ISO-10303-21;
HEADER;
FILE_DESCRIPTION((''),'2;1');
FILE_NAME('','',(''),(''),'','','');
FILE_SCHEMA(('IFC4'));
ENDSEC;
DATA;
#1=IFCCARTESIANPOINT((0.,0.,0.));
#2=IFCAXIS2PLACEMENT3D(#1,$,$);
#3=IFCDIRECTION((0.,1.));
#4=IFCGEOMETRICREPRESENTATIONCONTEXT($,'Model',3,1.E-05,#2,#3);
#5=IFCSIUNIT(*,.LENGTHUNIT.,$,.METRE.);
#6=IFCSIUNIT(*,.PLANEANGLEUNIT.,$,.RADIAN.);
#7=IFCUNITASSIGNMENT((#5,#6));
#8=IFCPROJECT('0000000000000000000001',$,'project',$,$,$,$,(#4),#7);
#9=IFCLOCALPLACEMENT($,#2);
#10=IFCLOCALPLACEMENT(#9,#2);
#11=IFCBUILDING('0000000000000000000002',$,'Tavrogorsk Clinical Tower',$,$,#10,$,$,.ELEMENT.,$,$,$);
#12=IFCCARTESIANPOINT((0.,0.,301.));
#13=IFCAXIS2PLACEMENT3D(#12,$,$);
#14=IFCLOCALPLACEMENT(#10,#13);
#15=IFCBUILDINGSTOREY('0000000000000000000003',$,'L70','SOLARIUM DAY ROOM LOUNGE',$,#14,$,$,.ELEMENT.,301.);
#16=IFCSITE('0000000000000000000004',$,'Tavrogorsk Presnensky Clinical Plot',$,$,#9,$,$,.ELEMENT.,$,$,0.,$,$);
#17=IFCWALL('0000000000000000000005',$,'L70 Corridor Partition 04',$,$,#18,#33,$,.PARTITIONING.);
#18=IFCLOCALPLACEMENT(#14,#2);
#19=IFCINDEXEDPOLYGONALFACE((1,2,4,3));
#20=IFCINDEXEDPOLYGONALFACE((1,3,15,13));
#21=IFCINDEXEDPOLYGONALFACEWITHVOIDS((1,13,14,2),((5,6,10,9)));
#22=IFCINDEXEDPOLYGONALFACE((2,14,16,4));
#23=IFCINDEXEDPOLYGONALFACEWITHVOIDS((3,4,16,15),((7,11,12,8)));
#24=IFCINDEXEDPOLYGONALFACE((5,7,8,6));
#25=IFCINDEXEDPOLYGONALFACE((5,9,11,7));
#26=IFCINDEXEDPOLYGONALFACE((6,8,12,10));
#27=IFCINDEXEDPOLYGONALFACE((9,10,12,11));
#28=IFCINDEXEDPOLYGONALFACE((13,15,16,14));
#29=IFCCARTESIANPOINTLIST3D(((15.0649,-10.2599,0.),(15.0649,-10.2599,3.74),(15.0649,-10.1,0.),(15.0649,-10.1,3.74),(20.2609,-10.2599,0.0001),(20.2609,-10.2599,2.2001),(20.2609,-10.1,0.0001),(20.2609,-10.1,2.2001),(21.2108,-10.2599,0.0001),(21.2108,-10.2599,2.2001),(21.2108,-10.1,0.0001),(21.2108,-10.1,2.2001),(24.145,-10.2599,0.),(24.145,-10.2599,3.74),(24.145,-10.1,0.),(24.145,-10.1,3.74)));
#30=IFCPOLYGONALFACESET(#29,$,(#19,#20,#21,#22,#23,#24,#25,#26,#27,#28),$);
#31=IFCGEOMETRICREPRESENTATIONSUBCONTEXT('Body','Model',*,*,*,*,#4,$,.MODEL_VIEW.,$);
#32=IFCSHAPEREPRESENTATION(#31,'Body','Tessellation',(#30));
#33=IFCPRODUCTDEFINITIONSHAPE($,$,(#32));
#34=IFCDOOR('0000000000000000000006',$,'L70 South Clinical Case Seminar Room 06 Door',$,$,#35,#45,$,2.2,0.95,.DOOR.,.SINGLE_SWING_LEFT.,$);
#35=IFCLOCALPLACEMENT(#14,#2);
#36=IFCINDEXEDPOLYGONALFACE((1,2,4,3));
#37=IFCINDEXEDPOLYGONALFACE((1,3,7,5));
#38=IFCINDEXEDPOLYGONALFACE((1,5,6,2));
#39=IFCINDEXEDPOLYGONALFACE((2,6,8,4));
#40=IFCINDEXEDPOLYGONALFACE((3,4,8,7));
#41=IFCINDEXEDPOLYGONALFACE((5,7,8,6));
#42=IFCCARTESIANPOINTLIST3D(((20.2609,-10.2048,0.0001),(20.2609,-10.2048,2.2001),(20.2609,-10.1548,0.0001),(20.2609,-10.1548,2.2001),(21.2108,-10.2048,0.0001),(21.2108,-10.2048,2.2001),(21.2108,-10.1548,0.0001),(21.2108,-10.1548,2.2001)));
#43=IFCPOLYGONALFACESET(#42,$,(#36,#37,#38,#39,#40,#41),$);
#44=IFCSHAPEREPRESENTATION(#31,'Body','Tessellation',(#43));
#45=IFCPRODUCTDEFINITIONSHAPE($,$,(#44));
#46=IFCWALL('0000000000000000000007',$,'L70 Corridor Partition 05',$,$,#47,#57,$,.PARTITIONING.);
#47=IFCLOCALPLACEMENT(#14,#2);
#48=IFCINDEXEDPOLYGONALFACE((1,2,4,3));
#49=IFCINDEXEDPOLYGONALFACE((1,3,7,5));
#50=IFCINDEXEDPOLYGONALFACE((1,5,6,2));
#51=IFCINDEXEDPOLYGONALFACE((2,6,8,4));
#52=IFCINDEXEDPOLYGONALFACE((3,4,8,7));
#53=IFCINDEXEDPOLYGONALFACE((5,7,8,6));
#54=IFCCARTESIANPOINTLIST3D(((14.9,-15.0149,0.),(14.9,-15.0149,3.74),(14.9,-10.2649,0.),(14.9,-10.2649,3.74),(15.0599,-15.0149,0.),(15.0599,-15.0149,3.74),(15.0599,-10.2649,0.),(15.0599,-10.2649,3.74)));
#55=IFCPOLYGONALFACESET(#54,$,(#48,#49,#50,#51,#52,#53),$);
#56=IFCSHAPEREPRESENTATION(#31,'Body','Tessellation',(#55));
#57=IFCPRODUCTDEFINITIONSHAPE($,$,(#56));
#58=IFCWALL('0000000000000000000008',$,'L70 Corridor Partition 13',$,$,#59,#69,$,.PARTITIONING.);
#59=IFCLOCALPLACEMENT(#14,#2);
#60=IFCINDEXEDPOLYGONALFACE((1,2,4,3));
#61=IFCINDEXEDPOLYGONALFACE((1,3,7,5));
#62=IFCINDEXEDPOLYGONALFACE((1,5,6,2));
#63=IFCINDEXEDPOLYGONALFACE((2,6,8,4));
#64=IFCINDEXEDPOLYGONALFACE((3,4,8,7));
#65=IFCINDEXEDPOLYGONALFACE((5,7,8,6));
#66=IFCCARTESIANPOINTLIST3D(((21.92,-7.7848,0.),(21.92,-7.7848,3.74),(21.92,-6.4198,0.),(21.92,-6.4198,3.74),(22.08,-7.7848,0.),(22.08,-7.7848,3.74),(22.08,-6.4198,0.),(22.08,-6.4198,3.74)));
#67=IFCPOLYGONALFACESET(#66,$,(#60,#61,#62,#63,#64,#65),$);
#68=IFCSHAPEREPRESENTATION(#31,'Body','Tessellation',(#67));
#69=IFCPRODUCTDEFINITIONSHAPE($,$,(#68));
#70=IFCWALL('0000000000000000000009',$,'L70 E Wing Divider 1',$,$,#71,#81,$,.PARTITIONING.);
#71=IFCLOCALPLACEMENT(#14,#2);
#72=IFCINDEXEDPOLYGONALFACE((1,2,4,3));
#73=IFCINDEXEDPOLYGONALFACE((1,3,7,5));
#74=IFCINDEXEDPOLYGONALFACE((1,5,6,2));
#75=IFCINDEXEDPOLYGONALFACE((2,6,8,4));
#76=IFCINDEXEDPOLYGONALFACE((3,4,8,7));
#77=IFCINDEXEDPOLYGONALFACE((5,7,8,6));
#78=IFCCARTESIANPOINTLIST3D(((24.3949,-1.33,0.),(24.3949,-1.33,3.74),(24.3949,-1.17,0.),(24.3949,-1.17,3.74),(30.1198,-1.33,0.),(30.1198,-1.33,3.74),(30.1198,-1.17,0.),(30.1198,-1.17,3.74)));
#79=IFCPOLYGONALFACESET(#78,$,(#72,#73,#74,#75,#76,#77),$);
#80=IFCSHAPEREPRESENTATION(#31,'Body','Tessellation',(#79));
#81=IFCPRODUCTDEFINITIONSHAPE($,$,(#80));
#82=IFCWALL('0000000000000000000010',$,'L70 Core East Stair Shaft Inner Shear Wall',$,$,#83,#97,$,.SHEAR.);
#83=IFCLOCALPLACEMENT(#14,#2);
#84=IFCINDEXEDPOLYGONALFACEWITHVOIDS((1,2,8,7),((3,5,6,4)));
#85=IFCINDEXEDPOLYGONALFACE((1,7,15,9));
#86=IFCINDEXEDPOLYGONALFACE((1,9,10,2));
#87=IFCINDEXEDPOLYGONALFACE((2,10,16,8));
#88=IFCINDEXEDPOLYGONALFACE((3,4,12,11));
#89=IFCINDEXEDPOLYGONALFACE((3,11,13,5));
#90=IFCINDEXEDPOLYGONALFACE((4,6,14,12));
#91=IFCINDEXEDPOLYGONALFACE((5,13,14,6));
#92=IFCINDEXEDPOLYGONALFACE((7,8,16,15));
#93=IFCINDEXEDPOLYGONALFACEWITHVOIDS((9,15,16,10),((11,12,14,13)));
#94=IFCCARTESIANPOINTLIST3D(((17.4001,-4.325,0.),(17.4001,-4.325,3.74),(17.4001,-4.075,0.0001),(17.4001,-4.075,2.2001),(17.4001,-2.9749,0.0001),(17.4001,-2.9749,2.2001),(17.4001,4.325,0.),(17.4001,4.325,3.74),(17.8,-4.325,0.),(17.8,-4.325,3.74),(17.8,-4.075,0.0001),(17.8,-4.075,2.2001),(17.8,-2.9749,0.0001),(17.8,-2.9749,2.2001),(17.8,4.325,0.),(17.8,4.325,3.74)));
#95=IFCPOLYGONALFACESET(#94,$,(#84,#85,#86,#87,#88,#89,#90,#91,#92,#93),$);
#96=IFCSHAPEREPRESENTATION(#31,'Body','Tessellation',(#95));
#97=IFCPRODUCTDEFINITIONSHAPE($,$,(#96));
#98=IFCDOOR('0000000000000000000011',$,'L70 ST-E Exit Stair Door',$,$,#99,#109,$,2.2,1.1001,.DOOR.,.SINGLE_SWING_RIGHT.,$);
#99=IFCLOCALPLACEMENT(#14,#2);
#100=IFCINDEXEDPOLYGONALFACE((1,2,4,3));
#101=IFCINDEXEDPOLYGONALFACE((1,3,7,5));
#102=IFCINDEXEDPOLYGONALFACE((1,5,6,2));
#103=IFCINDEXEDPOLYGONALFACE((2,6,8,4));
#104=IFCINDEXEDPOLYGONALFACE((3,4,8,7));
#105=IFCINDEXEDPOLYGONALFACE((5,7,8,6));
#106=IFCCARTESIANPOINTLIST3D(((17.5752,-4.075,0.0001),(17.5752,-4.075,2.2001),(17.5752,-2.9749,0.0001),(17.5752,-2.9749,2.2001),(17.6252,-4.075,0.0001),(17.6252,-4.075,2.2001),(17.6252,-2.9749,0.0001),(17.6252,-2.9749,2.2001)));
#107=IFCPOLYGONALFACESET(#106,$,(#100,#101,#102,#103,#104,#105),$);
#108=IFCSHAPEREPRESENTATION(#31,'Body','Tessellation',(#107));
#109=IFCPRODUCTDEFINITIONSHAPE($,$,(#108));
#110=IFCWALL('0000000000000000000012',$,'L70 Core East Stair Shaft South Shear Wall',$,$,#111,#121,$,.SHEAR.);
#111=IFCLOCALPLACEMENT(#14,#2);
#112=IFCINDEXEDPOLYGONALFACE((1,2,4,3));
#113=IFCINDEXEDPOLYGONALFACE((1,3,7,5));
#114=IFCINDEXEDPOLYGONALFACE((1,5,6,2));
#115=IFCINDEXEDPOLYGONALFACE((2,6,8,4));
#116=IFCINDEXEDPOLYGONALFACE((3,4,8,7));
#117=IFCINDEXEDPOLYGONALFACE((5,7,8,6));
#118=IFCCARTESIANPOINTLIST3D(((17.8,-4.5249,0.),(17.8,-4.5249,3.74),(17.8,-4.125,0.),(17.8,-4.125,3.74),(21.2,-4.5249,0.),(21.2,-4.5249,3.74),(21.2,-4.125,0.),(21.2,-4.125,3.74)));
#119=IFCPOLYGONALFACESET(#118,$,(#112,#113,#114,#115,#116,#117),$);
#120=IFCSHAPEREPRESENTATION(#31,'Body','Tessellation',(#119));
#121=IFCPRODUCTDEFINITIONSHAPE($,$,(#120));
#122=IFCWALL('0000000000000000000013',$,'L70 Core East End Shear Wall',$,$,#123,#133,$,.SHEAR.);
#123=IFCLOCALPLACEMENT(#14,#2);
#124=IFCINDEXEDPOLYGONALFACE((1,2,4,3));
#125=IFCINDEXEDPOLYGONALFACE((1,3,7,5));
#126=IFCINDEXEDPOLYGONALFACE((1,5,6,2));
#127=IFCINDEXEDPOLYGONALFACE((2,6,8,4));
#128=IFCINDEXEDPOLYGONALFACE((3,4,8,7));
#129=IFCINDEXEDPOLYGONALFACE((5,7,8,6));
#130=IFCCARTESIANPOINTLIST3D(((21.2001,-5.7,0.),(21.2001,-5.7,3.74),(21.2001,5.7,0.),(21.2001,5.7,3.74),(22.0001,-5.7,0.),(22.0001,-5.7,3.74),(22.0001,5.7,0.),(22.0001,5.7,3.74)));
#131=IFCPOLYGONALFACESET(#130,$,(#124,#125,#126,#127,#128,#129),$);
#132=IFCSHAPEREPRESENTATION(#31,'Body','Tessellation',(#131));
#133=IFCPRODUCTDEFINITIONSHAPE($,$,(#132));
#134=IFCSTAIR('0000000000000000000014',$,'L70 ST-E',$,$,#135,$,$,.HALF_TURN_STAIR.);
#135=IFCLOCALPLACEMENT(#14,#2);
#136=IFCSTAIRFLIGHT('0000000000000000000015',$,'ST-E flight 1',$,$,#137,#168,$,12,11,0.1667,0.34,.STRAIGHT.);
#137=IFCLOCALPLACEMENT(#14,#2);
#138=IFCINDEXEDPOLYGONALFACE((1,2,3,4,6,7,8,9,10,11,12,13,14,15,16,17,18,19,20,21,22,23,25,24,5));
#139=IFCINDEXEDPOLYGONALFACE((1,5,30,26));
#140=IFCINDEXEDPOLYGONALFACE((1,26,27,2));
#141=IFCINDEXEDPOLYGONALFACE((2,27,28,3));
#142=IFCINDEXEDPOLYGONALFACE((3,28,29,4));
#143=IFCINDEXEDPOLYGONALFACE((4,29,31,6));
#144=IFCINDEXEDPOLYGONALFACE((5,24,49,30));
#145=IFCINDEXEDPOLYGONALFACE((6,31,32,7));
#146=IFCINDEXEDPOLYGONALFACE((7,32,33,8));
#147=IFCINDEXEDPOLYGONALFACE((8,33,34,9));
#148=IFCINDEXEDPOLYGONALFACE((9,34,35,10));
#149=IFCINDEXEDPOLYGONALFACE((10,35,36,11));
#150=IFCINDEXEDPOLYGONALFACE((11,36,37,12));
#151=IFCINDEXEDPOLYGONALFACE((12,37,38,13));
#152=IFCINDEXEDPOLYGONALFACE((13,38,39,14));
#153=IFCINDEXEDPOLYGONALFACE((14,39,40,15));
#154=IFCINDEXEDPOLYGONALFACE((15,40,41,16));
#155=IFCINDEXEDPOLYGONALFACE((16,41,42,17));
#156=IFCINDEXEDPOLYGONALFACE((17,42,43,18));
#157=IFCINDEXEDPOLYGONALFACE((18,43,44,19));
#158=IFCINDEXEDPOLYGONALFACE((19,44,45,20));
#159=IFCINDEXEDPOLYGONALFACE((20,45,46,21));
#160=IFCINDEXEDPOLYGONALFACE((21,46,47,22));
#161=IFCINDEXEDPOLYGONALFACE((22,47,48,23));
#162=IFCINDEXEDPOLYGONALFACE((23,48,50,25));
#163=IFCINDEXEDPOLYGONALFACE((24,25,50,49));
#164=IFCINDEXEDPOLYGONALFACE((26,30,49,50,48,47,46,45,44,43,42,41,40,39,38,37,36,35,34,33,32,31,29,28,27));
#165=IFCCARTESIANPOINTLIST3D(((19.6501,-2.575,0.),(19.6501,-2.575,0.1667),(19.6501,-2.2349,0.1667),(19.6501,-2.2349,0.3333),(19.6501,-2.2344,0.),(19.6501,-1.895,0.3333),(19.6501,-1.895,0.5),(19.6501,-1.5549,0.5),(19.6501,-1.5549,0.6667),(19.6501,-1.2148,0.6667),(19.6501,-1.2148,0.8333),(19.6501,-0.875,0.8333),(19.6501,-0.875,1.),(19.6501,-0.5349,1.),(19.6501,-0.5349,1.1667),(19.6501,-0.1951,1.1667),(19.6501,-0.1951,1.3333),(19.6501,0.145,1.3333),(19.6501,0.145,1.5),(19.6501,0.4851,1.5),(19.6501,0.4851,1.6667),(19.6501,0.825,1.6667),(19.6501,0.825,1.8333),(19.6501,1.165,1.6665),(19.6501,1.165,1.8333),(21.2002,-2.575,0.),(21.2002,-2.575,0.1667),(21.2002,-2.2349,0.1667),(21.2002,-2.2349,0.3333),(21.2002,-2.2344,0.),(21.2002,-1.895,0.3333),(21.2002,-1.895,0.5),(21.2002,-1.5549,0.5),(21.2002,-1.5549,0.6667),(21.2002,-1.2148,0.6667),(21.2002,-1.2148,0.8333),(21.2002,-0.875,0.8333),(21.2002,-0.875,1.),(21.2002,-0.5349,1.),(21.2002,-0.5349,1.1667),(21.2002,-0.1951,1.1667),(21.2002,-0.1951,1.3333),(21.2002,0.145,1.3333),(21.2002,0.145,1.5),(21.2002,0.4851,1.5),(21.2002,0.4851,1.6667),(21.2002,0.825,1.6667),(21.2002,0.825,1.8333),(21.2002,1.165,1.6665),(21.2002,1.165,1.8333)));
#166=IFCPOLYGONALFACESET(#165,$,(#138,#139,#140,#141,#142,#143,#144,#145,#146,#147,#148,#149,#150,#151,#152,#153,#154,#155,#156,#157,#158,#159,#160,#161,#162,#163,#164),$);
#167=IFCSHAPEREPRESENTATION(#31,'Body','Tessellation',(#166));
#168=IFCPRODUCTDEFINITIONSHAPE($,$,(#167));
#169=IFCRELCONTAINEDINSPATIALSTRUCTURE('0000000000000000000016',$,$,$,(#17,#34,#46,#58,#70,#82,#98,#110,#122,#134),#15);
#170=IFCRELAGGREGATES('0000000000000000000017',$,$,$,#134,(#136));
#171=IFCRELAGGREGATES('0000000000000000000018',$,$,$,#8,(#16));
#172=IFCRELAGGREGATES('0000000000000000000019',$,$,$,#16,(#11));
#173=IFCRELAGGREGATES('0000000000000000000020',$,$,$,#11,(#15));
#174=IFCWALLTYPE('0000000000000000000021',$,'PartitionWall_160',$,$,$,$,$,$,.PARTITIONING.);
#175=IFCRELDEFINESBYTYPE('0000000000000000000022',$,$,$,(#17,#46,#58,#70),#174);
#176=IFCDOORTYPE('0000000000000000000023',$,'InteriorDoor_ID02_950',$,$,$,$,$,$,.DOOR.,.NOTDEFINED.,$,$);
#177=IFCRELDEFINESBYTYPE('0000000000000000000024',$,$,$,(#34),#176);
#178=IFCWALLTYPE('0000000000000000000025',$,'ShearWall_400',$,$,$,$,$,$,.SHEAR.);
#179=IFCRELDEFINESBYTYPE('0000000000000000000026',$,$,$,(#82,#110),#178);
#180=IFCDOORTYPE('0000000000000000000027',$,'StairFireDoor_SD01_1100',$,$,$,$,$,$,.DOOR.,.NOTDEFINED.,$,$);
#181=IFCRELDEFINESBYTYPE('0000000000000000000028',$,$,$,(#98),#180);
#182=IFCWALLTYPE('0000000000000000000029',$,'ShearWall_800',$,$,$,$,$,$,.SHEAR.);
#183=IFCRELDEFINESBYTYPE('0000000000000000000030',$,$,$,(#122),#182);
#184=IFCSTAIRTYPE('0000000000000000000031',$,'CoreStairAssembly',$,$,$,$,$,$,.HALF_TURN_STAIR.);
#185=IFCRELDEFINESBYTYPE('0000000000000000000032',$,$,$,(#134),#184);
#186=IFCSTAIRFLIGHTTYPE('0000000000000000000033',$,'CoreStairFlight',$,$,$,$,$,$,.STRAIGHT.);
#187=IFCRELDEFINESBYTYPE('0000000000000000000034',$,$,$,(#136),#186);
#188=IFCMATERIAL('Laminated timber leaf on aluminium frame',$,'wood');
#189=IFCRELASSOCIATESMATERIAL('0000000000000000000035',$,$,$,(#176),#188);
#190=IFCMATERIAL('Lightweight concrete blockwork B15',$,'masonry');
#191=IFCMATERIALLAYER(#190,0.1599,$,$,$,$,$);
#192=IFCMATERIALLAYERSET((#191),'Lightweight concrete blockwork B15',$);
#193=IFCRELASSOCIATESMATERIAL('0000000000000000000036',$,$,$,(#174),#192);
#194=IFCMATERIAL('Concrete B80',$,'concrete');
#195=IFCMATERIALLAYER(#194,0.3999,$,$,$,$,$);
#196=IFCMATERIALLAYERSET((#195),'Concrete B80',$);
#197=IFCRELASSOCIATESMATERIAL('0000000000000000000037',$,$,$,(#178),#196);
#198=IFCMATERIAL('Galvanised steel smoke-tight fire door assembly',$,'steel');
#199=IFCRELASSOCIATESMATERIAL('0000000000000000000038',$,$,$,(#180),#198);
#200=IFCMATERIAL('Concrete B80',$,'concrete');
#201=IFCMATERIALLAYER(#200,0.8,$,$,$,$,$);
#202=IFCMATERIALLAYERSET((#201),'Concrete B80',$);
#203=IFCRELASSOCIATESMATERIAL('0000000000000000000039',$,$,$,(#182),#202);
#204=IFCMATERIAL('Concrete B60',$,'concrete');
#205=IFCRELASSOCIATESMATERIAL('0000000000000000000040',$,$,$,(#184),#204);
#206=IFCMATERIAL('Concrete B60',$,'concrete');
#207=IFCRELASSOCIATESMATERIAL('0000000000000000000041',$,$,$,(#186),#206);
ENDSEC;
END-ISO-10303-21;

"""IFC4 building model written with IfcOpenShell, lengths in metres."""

from ifc_helpers import new_model, si_unit, direction, frame, frame_2d, origin, place, context, subcontext, project, spatial, polyline, rectangle, outline, extrude, material, layer, layer_set, type_object, element, fill, aggregate, save


model = new_model("IFC4")

# Units and contexts
model_context = context("Model", 3, precision=1e-05, world=origin(), true_north=direction((0.0, 1.0)))
body_context = subcontext(model_context, "Body", "Model", "MODEL_VIEW")
ifc_project = project(units=[si_unit("LENGTHUNIT", "METRE"), si_unit("PLANEANGLEUNIT", "RADIAN")], contexts=[model_context])

# Site, building, storey
site_placement = place(None, origin())
site = spatial("IfcSite", under=ifc_project, at=site_placement, Name="Tavrogorsk Presnensky Clinical Plot", CompositionType="ELEMENT", RefElevation=0.0)
building_placement = place(site_placement, origin())
building = spatial("IfcBuilding", under=site, at=building_placement, Name="Tavrogorsk Clinical Tower", CompositionType="ELEMENT")
storey_placement = place(building_placement, frame((0.0, 0.0, 301.0)))
storey = spatial("IfcBuildingStorey", under=building, at=storey_placement, Name="L70", Description="SOLARIUM DAY ROOM LOUNGE", CompositionType="ELEMENT", Elevation=301.0)

# Wall, opening, door
ifc_material_1 = material(Name="Laminated timber leaf on aluminium frame", Category="wood")
door_type_1 = type_object("IfcDoorType", Name="InteriorDoor_ID02_950", OperationType="NOTDEFINED", PredefinedType="DOOR", material=ifc_material_1)
ifc_material_2 = material(Name="Lightweight concrete blockwork B15", Category="masonry")
ifc_layer_1 = layer(ifc_material_2, 0.1599)
ifc_layer_set_1 = layer_set([ifc_layer_1], Name="Lightweight concrete blockwork B15")
wall_type_1 = type_object("IfcWallType", Name="PartitionWall_160", PredefinedType="PARTITIONING", material=ifc_layer_set_1)
wall_1_placement = place(storey_placement, frame((24.145, -10.1799, 0.0), z_axis=(0.0, 0.0, 1.0), x_axis=(-1.0, 0.0, 0.0)))
wall_1 = element("IfcWall", 1, at=wall_1_placement, inside=storey, type_object=wall_type_1, Name="L70 Corridor Partition 04", PredefinedType="PARTITIONING", context=body_context, shape_type="SweptSolid", body=[
    extrude(rectangle(XDim=9.0801, YDim=0.1599, at=frame_2d((4.54, 0.0))), origin(), (0.0, 0.0, 1.0), 3.74),
])
opening_1_placement = place(wall_1_placement, frame((2.9341, 0.0, 0.0)))
opening_1 = element("IfcOpeningElement", 2, at=opening_1_placement, cuts=wall_1, PredefinedType="OPENING", context=body_context, shape_type="SweptSolid", body=[
    extrude(rectangle(XDim=0.95, YDim=2.2, at=frame_2d((0.4751, 1.1001))), frame((0.0, 0.0898, 0.0), z_axis=(0.0, -1.0, 0.0), x_axis=(1.0, 0.0, 0.0)), (0.0, 0.0, 1.0), 0.1799),
])
door_1_placement = place(opening_1_placement, origin())
door_1 = element("IfcDoor", 3, at=door_1_placement, inside=storey, type_object=door_type_1, Name="L70 South Clinical Case Seminar Room 06 Door", OperationType="SINGLE_SWING_LEFT", OverallHeight=2.2, OverallWidth=0.95, PredefinedType="DOOR", context=body_context, shape_type="SweptSolid", body=[
    extrude(rectangle(XDim=0.95, YDim=2.2, at=frame_2d((0.4751, 1.1001))), frame((0.0, 0.0249, 0.0), z_axis=(0.0, -1.0, 0.0), x_axis=(1.0, 0.0, 0.0)), (0.0, 0.0, 1.0), 0.05),
])
fill(opening_1, door_1)

# Walls
wall_2_placement = place(storey_placement, frame((14.98, -10.2649, 0.0), z_axis=(0.0, 0.0, 1.0), x_axis=(0.0, -1.0, 0.0)))
element("IfcWall", 4, at=wall_2_placement, inside=storey, type_object=wall_type_1, Name="L70 Corridor Partition 05", PredefinedType="PARTITIONING", context=body_context, shape_type="SweptSolid", body=[
    extrude(rectangle(XDim=4.75, YDim=0.1599, at=frame_2d((2.375, 0.0))), origin(), (0.0, 0.0, 1.0), 3.74),
])
wall_3_placement = place(storey_placement, frame((22.0, -7.7849, 0.0), z_axis=(0.0, 0.0, 1.0), x_axis=(0.0, 1.0, 0.0)))
element("IfcWall", 5, at=wall_3_placement, inside=storey, type_object=wall_type_1, Name="L70 Corridor Partition 13", PredefinedType="PARTITIONING", context=body_context, shape_type="SweptSolid", body=[
    extrude(rectangle(XDim=1.365, YDim=0.1599, at=frame_2d((0.6826, 0.0))), origin(), (0.0, 0.0, 1.0), 3.74),
])
wall_4_placement = place(storey_placement, frame((24.395, -1.25, 0.0), z_axis=(0.0, 0.0, 1.0), x_axis=(1.0, 0.0, 0.0)))
element("IfcWall", 6, at=wall_4_placement, inside=storey, type_object=wall_type_1, Name="L70 E Wing Divider 1", PredefinedType="PARTITIONING", context=body_context, shape_type="SweptSolid", body=[
    extrude(rectangle(XDim=5.7249, YDim=0.1599, at=frame_2d((2.8623, 0.0))), origin(), (0.0, 0.0, 1.0), 3.74),
])

# Wall, opening, door
ifc_material_3 = material(Name="Concrete B80", Category="concrete")
ifc_layer_2 = layer(ifc_material_3, 0.3999)
ifc_layer_set_2 = layer_set([ifc_layer_2], Name="Concrete B80")
wall_type_2 = type_object("IfcWallType", Name="ShearWall_400", PredefinedType="SHEAR", material=ifc_layer_set_2)
wall_5_placement = place(storey_placement, frame((17.6001, -4.325, 0.0), z_axis=(0.0, 0.0, 1.0), x_axis=(0.0, 1.0, 0.0)))
wall_5 = element("IfcWall", 7, at=wall_5_placement, inside=storey, type_object=wall_type_2, Name="L70 Core East Stair Shaft Inner Shear Wall", PredefinedType="SHEAR", context=body_context, shape_type="SweptSolid", body=[
    extrude(rectangle(XDim=8.6499, YDim=0.3999, at=frame_2d((4.325, 0.0))), origin(), (0.0, 0.0, 1.0), 3.74),
])
opening_2_placement = place(wall_5_placement, frame((0.25, 0.0, 0.0)))
opening_2 = element("IfcOpeningElement", 8, at=opening_2_placement, cuts=wall_5, PredefinedType="OPENING", context=body_context, shape_type="SweptSolid", body=[
    extrude(rectangle(XDim=1.1001, YDim=2.2, at=frame_2d((0.55, 1.1001))), frame((0.0, 0.21, 0.0), z_axis=(0.0, -1.0, 0.0), x_axis=(1.0, 0.0, 0.0)), (0.0, 0.0, 1.0), 0.4199),
])
ifc_material_4 = material(Name="Galvanised steel smoke-tight fire door assembly", Category="steel")
door_type_2 = type_object("IfcDoorType", Name="StairFireDoor_SD01_1100", OperationType="NOTDEFINED", PredefinedType="DOOR", material=ifc_material_4)
door_2_placement = place(opening_2_placement, origin())
door_2 = element("IfcDoor", 9, at=door_2_placement, inside=storey, type_object=door_type_2, Name="L70 ST-E Exit Stair Door", OperationType="SINGLE_SWING_RIGHT", OverallHeight=2.2, OverallWidth=1.1001, PredefinedType="DOOR", context=body_context, shape_type="SweptSolid", body=[
    extrude(rectangle(XDim=1.1001, YDim=2.2, at=frame_2d((0.55, 1.1001))), frame((0.0, 0.0249, 0.0), z_axis=(0.0, -1.0, 0.0), x_axis=(1.0, 0.0, 0.0)), (0.0, 0.0, 1.0), 0.05),
])
fill(opening_2, door_2)

# Walls
wall_6_placement = place(storey_placement, frame((17.8, -4.325, 0.0), z_axis=(0.0, 0.0, 1.0), x_axis=(1.0, 0.0, 0.0)))
element("IfcWall", 10, at=wall_6_placement, inside=storey, type_object=wall_type_2, Name="L70 Core East Stair Shaft South Shear Wall", PredefinedType="SHEAR", context=body_context, shape_type="SweptSolid", body=[
    extrude(rectangle(XDim=3.3999, YDim=0.3999, at=frame_2d((1.7, 0.0))), origin(), (0.0, 0.0, 1.0), 3.74),
])
ifc_material_5 = material(Name="Concrete B80", Category="concrete")
ifc_layer_3 = layer(ifc_material_5, 0.8)
ifc_layer_set_3 = layer_set([ifc_layer_3], Name="Concrete B80")
wall_type_3 = type_object("IfcWallType", Name="ShearWall_800", PredefinedType="SHEAR", material=ifc_layer_set_3)
wall_7_placement = place(storey_placement, frame((21.6001, -5.7, 0.0), z_axis=(0.0, 0.0, 1.0), x_axis=(0.0, 1.0, 0.0)))
element("IfcWall", 11, at=wall_7_placement, inside=storey, type_object=wall_type_3, Name="L70 Core East End Shear Wall", PredefinedType="SHEAR", context=body_context, shape_type="SweptSolid", body=[
    extrude(rectangle(XDim=11.3999, YDim=0.8, at=frame_2d((5.7, 0.0))), origin(), (0.0, 0.0, 1.0), 3.74),
])

# Stair, stair flight
ifc_material_6 = material(Name="Concrete B60", Category="concrete")
stair_type = type_object("IfcStairType", Name="CoreStairAssembly", PredefinedType="HALF_TURN_STAIR", material=ifc_material_6)
stair_placement = place(storey_placement, origin())
stair = element("IfcStair", 12, at=stair_placement, inside=storey, type_object=stair_type, Name="L70 ST-E", PredefinedType="HALF_TURN_STAIR")
ifc_material_7 = material(Name="Concrete B60", Category="concrete")
stair_flight_type = type_object("IfcStairFlightType", Name="CoreStairFlight", PredefinedType="STRAIGHT", material=ifc_material_7)
stair_flight_placement = place(storey_placement, frame((20.425, -2.575, 0.0), z_axis=(0.0, 0.0, 1.0), x_axis=(0.0, 1.0, 0.0)))
stair_flight = element("IfcStairFlight", 13, at=stair_flight_placement, type_object=stair_flight_type, Name="ST-E flight 1", NumberOfRisers=12, NumberOfTreads=11, PredefinedType="STRAIGHT", RiserHeight=0.1667, TreadLength=0.34, context=body_context, shape_type="SweptSolid", body=[
    extrude(outline(polyline([(0.0, 0.0), (0.0, 0.1667), (0.3401, 0.1667), (0.3401, 0.3333), (0.6799, 0.3333), (0.6799, 0.5), (1.02, 0.5), (1.02, 0.6667), (1.3601, 0.6667), (1.3601, 0.8333), (1.7, 0.8333), (1.7, 1.0), (2.04, 1.0), (2.04, 1.1667), (2.3799, 1.1667), (2.3799, 1.3333), (2.72, 1.3333), (2.72, 1.5), (3.0601, 1.5), (3.0601, 1.6667), (3.3999, 1.6667), (3.3999, 1.8333), (3.74, 1.8333), (3.74, 2.0), (3.74, 1.6665), (0.3406, 0.0), (0.0, 0.0)])), frame((0.0, 0.7749, 0.0), z_axis=(0.0, -1.0, 0.0), x_axis=(1.0, 0.0, 0.0)), (0.0, 0.0, 1.0), 1.55),
])
aggregate(stair, [stair_flight])

save(model, "model.ifc")
